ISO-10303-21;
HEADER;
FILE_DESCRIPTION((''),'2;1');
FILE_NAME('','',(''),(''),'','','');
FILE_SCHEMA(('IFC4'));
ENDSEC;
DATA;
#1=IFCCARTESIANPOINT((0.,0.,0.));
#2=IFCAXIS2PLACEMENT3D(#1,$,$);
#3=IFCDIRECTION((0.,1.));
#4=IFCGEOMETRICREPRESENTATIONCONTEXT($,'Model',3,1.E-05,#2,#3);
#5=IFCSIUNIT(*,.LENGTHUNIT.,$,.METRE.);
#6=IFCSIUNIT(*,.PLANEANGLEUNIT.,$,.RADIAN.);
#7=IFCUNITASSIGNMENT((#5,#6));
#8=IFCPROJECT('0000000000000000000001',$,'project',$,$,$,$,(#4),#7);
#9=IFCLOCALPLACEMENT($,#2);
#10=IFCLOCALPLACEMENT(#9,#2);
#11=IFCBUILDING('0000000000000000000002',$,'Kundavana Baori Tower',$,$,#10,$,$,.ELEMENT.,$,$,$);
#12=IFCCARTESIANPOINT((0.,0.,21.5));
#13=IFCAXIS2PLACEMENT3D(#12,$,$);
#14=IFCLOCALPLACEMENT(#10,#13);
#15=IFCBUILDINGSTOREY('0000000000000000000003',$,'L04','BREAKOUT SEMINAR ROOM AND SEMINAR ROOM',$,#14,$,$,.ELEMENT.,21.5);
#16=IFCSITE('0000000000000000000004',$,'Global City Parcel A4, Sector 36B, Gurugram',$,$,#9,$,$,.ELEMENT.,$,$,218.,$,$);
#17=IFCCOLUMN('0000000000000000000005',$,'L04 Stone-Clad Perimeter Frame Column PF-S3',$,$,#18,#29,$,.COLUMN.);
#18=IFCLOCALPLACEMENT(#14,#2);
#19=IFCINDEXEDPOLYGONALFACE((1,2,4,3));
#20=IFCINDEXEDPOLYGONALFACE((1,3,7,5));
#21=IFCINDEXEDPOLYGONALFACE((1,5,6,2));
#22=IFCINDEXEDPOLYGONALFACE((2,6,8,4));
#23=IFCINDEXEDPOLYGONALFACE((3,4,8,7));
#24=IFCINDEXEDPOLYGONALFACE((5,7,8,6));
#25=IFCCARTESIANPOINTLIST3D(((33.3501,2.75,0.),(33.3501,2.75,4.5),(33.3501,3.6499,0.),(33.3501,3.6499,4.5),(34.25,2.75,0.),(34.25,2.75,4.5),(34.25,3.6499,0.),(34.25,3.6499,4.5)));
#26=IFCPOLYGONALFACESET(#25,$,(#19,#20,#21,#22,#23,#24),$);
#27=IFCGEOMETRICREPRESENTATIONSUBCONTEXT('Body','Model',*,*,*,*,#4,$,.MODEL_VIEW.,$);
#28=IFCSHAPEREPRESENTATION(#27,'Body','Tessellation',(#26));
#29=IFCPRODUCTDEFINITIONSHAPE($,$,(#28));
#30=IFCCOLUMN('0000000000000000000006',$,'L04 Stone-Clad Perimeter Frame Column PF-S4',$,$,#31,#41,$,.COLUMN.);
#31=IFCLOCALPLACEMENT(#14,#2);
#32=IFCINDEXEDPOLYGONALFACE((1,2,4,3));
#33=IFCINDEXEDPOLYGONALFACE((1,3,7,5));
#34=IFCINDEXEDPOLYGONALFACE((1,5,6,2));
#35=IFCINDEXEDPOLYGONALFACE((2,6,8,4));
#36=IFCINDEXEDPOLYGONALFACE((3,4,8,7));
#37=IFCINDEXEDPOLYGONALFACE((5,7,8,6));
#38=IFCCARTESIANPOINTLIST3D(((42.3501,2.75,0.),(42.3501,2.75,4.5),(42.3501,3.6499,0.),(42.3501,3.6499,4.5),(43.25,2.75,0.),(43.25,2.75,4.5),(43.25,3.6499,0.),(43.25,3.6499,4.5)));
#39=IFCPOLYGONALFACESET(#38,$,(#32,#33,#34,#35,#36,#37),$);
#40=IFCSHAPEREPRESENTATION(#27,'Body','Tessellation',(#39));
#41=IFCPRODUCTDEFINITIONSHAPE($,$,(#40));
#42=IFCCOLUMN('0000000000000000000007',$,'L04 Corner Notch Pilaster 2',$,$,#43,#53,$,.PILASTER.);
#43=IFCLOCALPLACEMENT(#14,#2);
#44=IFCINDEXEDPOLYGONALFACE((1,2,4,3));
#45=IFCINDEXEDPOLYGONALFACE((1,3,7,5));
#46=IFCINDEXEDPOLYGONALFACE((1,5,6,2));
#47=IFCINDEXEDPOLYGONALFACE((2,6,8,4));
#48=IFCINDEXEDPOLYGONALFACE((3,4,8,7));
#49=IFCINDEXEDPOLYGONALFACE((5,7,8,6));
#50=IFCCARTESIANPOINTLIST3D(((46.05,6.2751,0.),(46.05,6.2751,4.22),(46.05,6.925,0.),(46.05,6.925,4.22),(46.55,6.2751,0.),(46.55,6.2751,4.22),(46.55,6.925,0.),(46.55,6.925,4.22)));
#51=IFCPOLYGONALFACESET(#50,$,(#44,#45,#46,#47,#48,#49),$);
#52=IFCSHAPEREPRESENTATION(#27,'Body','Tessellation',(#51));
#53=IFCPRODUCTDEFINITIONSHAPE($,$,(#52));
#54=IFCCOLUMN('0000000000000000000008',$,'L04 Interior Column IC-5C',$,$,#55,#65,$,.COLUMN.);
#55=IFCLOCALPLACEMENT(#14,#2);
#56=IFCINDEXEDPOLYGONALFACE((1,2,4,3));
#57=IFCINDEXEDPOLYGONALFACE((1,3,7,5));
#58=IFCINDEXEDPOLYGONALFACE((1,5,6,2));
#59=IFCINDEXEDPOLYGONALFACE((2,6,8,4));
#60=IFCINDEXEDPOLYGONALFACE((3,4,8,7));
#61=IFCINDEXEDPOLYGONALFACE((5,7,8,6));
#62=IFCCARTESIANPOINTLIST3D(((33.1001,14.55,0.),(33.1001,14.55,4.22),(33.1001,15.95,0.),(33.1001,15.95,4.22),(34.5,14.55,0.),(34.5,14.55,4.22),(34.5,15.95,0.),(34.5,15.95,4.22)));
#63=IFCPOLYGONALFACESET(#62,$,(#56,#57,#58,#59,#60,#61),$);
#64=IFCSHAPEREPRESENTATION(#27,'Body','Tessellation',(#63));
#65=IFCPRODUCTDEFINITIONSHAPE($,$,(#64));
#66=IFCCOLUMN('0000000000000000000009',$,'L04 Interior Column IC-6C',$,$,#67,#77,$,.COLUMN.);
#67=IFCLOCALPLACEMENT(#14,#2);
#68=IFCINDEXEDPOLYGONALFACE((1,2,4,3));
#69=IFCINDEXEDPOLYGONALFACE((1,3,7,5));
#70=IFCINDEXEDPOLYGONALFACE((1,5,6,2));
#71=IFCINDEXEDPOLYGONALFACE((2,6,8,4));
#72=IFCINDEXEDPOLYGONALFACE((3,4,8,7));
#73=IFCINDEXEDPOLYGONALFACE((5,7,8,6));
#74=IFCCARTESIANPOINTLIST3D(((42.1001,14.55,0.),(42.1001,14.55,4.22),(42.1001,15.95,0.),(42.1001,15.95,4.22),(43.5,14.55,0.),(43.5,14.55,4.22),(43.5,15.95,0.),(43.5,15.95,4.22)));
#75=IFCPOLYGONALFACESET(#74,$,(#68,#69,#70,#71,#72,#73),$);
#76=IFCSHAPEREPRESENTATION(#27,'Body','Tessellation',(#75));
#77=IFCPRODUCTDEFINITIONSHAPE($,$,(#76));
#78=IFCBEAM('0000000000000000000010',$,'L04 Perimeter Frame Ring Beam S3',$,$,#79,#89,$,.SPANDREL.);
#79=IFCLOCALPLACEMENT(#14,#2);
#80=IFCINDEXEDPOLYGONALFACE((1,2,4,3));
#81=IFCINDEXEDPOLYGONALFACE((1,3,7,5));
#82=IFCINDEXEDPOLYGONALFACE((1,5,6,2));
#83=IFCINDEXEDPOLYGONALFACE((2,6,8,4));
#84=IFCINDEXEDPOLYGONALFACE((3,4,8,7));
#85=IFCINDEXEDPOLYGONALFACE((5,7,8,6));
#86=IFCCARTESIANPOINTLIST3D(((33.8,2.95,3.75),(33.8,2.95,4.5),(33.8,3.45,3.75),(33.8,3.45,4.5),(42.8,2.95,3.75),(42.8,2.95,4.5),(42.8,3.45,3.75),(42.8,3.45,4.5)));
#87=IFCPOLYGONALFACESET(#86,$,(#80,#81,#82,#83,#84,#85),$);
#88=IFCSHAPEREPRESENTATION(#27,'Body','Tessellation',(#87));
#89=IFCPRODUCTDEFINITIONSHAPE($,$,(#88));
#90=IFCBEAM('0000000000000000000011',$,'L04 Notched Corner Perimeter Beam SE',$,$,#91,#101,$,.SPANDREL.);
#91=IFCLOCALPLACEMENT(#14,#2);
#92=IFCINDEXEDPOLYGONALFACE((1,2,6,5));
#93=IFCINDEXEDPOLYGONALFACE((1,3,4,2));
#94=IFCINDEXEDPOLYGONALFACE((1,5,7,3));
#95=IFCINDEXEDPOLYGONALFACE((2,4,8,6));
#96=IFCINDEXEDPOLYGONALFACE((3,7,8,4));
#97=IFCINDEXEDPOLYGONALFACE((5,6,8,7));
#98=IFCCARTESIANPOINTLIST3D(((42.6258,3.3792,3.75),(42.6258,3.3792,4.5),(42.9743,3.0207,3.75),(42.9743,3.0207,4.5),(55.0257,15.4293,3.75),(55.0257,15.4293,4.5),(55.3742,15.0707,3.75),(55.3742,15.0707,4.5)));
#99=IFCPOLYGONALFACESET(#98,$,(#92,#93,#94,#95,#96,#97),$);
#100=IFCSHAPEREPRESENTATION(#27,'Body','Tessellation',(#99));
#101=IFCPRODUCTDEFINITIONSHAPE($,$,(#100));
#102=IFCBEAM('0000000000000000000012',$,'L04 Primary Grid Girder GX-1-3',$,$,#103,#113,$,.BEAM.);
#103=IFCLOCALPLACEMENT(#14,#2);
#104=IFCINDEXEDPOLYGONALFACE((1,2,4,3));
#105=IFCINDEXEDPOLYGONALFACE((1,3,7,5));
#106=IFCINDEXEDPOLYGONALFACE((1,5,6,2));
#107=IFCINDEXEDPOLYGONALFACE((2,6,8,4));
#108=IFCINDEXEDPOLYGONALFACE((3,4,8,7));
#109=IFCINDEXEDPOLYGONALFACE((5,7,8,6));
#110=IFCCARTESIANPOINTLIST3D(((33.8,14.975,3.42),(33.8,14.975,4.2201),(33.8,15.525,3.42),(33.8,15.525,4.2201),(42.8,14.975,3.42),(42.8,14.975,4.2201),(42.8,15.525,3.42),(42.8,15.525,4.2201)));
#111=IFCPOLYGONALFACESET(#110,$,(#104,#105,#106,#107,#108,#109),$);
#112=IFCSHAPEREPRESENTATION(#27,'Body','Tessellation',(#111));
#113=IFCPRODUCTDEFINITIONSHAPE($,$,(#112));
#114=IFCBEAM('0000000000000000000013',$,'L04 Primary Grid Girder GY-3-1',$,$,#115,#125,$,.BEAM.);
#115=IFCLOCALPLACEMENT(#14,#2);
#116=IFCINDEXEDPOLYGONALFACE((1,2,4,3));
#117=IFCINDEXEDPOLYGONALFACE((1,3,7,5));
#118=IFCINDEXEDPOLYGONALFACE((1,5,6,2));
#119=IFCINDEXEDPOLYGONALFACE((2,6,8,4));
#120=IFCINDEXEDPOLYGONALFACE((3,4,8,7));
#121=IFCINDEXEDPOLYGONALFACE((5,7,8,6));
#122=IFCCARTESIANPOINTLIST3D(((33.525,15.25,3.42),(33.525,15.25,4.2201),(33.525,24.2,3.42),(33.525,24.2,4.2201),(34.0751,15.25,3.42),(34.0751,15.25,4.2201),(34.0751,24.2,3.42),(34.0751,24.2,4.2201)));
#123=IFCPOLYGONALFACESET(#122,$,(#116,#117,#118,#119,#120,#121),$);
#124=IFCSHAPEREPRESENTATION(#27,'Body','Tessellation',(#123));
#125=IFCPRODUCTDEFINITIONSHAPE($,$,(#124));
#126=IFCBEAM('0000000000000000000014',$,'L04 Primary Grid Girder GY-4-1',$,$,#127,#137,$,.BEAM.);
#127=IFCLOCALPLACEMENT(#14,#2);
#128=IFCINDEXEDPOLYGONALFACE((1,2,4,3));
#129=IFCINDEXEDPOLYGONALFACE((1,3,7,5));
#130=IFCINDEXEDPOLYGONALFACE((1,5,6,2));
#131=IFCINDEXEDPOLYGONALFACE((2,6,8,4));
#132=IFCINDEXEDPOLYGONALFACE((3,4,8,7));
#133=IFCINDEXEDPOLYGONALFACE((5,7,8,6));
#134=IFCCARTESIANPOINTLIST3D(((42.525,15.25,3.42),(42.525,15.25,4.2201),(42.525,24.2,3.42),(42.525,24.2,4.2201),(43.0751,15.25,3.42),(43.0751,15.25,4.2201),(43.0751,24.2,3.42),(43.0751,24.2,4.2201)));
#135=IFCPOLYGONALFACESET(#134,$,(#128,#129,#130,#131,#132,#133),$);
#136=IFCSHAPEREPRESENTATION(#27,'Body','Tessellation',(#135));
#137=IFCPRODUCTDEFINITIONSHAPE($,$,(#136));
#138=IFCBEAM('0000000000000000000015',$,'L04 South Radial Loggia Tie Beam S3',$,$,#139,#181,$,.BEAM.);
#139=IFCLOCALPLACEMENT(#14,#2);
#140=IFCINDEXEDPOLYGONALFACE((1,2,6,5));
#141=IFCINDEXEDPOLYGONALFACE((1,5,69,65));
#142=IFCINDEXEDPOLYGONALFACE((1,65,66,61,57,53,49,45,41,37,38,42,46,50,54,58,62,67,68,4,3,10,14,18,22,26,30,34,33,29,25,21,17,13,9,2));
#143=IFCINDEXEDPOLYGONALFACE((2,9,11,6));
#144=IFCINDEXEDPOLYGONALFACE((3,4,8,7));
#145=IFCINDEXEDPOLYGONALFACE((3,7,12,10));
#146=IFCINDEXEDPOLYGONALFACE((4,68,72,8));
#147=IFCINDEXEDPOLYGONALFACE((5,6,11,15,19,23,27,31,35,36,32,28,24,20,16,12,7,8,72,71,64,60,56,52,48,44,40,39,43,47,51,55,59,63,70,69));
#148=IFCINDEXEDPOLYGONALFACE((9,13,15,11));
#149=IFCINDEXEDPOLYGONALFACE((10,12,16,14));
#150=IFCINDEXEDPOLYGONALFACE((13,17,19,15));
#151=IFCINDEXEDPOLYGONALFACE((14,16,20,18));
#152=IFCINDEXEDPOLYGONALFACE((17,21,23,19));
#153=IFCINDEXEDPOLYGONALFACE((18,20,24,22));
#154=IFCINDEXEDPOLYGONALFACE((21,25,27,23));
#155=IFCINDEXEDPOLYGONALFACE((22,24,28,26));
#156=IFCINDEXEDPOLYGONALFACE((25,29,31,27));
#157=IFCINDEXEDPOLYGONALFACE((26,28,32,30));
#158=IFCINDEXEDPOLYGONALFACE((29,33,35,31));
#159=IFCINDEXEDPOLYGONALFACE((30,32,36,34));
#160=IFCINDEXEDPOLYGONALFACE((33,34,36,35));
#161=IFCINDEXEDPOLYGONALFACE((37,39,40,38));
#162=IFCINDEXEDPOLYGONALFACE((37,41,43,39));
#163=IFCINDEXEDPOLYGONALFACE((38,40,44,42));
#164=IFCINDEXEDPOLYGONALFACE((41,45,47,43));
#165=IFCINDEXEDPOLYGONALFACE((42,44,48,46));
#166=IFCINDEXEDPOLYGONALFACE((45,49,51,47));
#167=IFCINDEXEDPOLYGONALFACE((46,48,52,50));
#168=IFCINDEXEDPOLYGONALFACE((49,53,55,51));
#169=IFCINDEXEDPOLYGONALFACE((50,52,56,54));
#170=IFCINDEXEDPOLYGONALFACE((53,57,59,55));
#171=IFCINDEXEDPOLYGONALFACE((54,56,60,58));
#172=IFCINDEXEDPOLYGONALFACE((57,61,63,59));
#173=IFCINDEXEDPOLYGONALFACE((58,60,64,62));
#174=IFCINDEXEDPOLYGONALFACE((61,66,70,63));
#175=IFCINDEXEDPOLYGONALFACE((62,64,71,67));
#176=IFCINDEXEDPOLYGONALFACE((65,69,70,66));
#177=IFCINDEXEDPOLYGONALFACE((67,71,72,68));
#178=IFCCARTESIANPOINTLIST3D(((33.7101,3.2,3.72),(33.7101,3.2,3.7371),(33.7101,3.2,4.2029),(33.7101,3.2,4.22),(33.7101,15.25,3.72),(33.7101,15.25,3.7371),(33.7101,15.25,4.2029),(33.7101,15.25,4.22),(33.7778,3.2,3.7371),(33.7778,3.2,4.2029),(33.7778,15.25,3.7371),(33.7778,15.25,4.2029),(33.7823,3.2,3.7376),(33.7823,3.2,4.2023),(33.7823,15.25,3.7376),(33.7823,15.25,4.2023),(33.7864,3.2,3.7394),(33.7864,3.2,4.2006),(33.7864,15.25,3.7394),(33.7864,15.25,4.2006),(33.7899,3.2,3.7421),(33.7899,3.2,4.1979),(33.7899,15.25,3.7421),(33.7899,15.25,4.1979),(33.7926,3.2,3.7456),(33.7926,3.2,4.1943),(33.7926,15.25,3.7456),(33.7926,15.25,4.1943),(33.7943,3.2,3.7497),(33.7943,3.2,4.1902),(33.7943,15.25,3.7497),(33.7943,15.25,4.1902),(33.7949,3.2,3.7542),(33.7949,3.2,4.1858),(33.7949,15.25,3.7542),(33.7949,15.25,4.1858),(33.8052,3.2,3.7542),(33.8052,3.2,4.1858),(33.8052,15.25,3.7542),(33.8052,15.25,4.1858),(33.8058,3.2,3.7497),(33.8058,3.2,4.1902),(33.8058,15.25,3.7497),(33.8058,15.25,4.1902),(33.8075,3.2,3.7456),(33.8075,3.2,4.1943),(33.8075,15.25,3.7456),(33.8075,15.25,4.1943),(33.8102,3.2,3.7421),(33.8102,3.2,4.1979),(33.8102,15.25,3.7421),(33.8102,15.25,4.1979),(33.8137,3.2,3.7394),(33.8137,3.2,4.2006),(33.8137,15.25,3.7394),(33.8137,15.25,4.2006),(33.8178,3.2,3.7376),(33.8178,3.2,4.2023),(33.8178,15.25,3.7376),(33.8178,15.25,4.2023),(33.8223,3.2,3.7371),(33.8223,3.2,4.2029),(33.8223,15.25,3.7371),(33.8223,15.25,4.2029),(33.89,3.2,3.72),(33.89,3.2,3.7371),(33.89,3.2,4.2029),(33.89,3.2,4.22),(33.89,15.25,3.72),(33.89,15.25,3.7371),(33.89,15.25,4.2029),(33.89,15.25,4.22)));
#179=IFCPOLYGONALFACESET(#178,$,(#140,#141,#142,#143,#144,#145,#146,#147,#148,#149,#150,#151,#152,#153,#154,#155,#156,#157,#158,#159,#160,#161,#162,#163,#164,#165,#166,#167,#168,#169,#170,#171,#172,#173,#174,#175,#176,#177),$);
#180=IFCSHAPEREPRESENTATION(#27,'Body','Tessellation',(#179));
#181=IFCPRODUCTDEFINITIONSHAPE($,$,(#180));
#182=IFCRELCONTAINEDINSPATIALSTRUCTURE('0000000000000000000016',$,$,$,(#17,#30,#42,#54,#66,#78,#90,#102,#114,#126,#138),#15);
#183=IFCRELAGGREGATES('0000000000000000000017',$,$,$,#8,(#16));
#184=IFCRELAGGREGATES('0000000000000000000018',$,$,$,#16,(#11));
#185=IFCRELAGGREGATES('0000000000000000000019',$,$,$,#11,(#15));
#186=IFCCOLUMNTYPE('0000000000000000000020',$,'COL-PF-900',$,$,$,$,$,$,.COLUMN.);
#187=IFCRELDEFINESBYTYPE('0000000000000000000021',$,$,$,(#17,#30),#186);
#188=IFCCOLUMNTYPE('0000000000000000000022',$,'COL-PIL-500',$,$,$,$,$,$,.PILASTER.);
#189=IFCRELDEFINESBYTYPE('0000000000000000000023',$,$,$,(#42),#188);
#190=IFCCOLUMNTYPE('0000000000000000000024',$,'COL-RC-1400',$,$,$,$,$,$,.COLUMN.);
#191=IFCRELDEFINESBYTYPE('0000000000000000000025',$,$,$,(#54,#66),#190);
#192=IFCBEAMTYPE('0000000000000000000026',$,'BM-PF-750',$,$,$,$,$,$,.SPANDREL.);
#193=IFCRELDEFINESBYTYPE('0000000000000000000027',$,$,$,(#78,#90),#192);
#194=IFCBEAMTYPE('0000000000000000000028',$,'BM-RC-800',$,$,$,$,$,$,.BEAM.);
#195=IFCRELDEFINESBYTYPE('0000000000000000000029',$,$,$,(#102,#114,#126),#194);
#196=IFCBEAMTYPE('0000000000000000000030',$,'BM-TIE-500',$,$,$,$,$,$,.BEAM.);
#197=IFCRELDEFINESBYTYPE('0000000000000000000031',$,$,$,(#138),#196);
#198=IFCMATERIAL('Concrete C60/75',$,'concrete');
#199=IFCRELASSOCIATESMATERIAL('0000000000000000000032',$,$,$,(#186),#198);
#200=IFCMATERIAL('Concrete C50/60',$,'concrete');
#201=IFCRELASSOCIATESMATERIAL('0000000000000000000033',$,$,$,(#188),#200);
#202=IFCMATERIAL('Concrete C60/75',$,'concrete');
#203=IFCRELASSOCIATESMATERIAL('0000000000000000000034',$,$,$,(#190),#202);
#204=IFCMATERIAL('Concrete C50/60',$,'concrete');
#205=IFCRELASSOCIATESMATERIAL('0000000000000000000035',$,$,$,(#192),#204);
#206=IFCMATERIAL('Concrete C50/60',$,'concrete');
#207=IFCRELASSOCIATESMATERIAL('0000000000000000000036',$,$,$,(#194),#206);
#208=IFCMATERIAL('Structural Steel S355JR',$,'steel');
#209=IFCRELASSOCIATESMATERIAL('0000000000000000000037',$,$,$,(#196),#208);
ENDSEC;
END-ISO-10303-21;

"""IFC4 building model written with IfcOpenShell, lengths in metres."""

from ifc_helpers import new_model, si_unit, direction, frame, origin, origin_2d, place, context, subcontext, project, spatial, rectangle, i_section, extrude, material, material_profile, profile_set, type_object, element, save


model = new_model("IFC4")

# Units and contexts
model_context = context("Model", 3, precision=1e-05, world=origin(), true_north=direction((0.0, 1.0)))
body_context = subcontext(model_context, "Body", "Model", "MODEL_VIEW")
ifc_project = project(units=[si_unit("LENGTHUNIT", "METRE"), si_unit("PLANEANGLEUNIT", "RADIAN")], contexts=[model_context])

# Site, building, storey
site_placement = place(None, origin())
site = spatial("IfcSite", under=ifc_project, at=site_placement, Name="Global City Parcel A4, Sector 36B, Gurugram", CompositionType="ELEMENT", RefElevation=218.0)
building_placement = place(site_placement, origin())
building = spatial("IfcBuilding", under=site, at=building_placement, Name="Kundavana Baori Tower", CompositionType="ELEMENT")
storey_placement = place(building_placement, frame((0.0, 0.0, 21.5)))
storey = spatial("IfcBuildingStorey", under=building, at=storey_placement, Name="L04", Description="BREAKOUT SEMINAR ROOM AND SEMINAR ROOM", CompositionType="ELEMENT", Elevation=21.5)

# Columns
ifc_material_1 = material(Name="Concrete C60/75", Category="concrete")
ifc_material_profile_1 = material_profile(ifc_material_1, rectangle(XDim=0.8999, YDim=0.8999, at=origin_2d()), Name="RC PF 900x900")
ifc_profile_set_1 = profile_set([ifc_material_profile_1], Name="Concrete C60/75")
column_type_1 = type_object("IfcColumnType", Name="COL-PF-900", PredefinedType="COLUMN", material=ifc_profile_set_1)
for number, where, z_axis, x_axis, name in (
    (1, (33.8, 3.2, 0.0), (0.0, 0.0, 1.0), (1.0, 0.0, 0.0), "L04 Stone-Clad Perimeter Frame Column PF-S3"),
    (2, (42.8, 3.2, 0.0), (0.0, 0.0, 1.0), (1.0, 0.0, 0.0), "L04 Stone-Clad Perimeter Frame Column PF-S4"),
):
    element("IfcColumn", number, at=place(storey_placement, frame(where, z_axis=z_axis, x_axis=x_axis)), inside=storey, type_object=column_type_1, Name=name, PredefinedType="COLUMN", context=body_context, shape_type="SweptSolid", body=[
        extrude(rectangle(XDim=0.8999, YDim=0.8999, at=origin_2d()), origin(), (0.0, 0.0, 1.0), 4.5),
    ])
ifc_material_2 = material(Name="Concrete C50/60", Category="concrete")
ifc_material_profile_2 = material_profile(ifc_material_2, rectangle(XDim=0.5, YDim=0.6499, at=origin_2d()), Name="RC PIL 500x650")
ifc_profile_set_2 = profile_set([ifc_material_profile_2], Name="Concrete C50/60")
column_type_2 = type_object("IfcColumnType", Name="COL-PIL-500", PredefinedType="PILASTER", material=ifc_profile_set_2)
column_placement = place(storey_placement, frame((46.3, 6.6001, 0.0), z_axis=(0.0, 0.0, 1.0), x_axis=(1.0, 0.0, 0.0)))
element("IfcColumn", 3, at=column_placement, inside=storey, type_object=column_type_2, Name="L04 Corner Notch Pilaster 2", PredefinedType="PILASTER", context=body_context, shape_type="SweptSolid", body=[
    extrude(rectangle(XDim=0.5, YDim=0.6499, at=origin_2d()), origin(), (0.0, 0.0, 1.0), 4.22),
])
ifc_material_3 = material(Name="Concrete C60/75", Category="concrete")
ifc_material_profile_3 = material_profile(ifc_material_3, rectangle(XDim=1.3999, YDim=1.3999, at=origin_2d()), Name="RC 1400x1400")
ifc_profile_set_3 = profile_set([ifc_material_profile_3], Name="Concrete C60/75")
column_type_3 = type_object("IfcColumnType", Name="COL-RC-1400", PredefinedType="COLUMN", material=ifc_profile_set_3)
for number, where, z_axis, x_axis, name in (
    (4, (33.8, 15.25, 0.0), (0.0, 0.0, 1.0), (1.0, 0.0, 0.0), "L04 Interior Column IC-5C"),
    (5, (42.8, 15.25, 0.0), (0.0, 0.0, 1.0), (1.0, 0.0, 0.0), "L04 Interior Column IC-6C"),
):
    element("IfcColumn", number, at=place(storey_placement, frame(where, z_axis=z_axis, x_axis=x_axis)), inside=storey, type_object=column_type_3, Name=name, PredefinedType="COLUMN", context=body_context, shape_type="SweptSolid", body=[
        extrude(rectangle(XDim=1.3999, YDim=1.3999, at=origin_2d()), origin(), (0.0, 0.0, 1.0), 4.22),
    ])

# Beams
ifc_material_4 = material(Name="Concrete C50/60", Category="concrete")
ifc_material_profile_4 = material_profile(ifc_material_4, rectangle(XDim=0.5, YDim=0.75, at=origin_2d()), Name="RC BM 500x750")
ifc_profile_set_4 = profile_set([ifc_material_profile_4], Name="Concrete C50/60")
beam_type_1 = type_object("IfcBeamType", Name="BM-PF-750", PredefinedType="SPANDREL", material=ifc_profile_set_4)
beam_1_placement = place(storey_placement, frame((33.8, 3.2, 4.125), z_axis=(1.0, 0.0, 0.0), x_axis=(0.0, 1.0, 0.0)))
element("IfcBeam", 6, at=beam_1_placement, inside=storey, type_object=beam_type_1, Name="L04 Perimeter Frame Ring Beam S3", PredefinedType="SPANDREL", context=body_context, shape_type="SweptSolid", body=[
    extrude(rectangle(XDim=0.5, YDim=0.75, at=origin_2d()), origin(), (0.0, 0.0, 1.0), 9.0),
])
beam_2_placement = place(storey_placement, frame((42.8, 3.2, 4.125), z_axis=(0.717151, 0.696917, 0.0), x_axis=(-0.696917, 0.717151, 0.0)))
element("IfcBeam", 7, at=beam_2_placement, inside=storey, type_object=beam_type_1, Name="L04 Notched Corner Perimeter Beam SE", PredefinedType="SPANDREL", context=body_context, shape_type="SweptSolid", body=[
    extrude(rectangle(XDim=0.5, YDim=0.75, at=origin_2d()), origin(), (0.0, 0.0, 1.0), 17.2905),
])
ifc_material_5 = material(Name="Concrete C50/60", Category="concrete")
ifc_material_profile_5 = material_profile(ifc_material_5, rectangle(XDim=0.55, YDim=0.8, at=origin_2d()), Name="RC BM 550x800")
ifc_profile_set_5 = profile_set([ifc_material_profile_5], Name="Concrete C50/60")
beam_type_2 = type_object("IfcBeamType", Name="BM-RC-800", PredefinedType="BEAM", material=ifc_profile_set_5)
beam_3_placement = place(storey_placement, frame((33.8, 15.25, 3.8201), z_axis=(1.0, 0.0, 0.0), x_axis=(0.0, 1.0, 0.0)))
element("IfcBeam", 8, at=beam_3_placement, inside=storey, type_object=beam_type_2, Name="L04 Primary Grid Girder GX-1-3", PredefinedType="BEAM", context=body_context, shape_type="SweptSolid", body=[
    extrude(rectangle(XDim=0.55, YDim=0.8, at=origin_2d()), origin(), (0.0, 0.0, 1.0), 9.0),
])
for number, where, z_axis, x_axis, name in (
    (9, (33.8, 15.25, 3.8201), (0.0, 1.0, 0.0), (-1.0, 0.0, 0.0), "L04 Primary Grid Girder GY-3-1"),
    (10, (42.8, 15.25, 3.8201), (0.0, 1.0, 0.0), (-1.0, 0.0, 0.0), "L04 Primary Grid Girder GY-4-1"),
):
    element("IfcBeam", number, at=place(storey_placement, frame(where, z_axis=z_axis, x_axis=x_axis)), inside=storey, type_object=beam_type_2, Name=name, PredefinedType="BEAM", context=body_context, shape_type="SweptSolid", body=[
        extrude(rectangle(XDim=0.55, YDim=0.8, at=origin_2d()), origin(), (0.0, 0.0, 1.0), 8.95),
    ])
ifc_material_6 = material(Name="Structural Steel S355JR", Category="steel")
ifc_material_profile_6 = material_profile(ifc_material_6, i_section(OverallWidth=0.1799, OverallDepth=0.5, WebThickness=0.0103, FlangeThickness=0.0171, FilletRadius=0.0171, at=origin_2d()), Name="ISMB 500")
ifc_profile_set_6 = profile_set([ifc_material_profile_6], Name="Structural Steel S355JR")
beam_type_3 = type_object("IfcBeamType", Name="BM-TIE-500", PredefinedType="BEAM", material=ifc_profile_set_6)
for number, where, z_axis, x_axis, name in (
    (11, (33.8, 15.25, 3.97), (0.0, -1.0, 0.0), (1.0, 0.0, 0.0), "L04 South Radial Loggia Tie Beam S3"),
):
    element("IfcBeam", number, at=place(storey_placement, frame(where, z_axis=z_axis, x_axis=x_axis)), inside=storey, type_object=beam_type_3, Name=name, PredefinedType="BEAM", context=body_context, shape_type="SweptSolid", body=[
        extrude(i_section(OverallWidth=0.1799, OverallDepth=0.5, WebThickness=0.0103, FlangeThickness=0.0171, FilletRadius=0.0171, at=origin_2d()), origin(), (0.0, 0.0, 1.0), 12.05),
    ])

save(model, "model.ifc")
